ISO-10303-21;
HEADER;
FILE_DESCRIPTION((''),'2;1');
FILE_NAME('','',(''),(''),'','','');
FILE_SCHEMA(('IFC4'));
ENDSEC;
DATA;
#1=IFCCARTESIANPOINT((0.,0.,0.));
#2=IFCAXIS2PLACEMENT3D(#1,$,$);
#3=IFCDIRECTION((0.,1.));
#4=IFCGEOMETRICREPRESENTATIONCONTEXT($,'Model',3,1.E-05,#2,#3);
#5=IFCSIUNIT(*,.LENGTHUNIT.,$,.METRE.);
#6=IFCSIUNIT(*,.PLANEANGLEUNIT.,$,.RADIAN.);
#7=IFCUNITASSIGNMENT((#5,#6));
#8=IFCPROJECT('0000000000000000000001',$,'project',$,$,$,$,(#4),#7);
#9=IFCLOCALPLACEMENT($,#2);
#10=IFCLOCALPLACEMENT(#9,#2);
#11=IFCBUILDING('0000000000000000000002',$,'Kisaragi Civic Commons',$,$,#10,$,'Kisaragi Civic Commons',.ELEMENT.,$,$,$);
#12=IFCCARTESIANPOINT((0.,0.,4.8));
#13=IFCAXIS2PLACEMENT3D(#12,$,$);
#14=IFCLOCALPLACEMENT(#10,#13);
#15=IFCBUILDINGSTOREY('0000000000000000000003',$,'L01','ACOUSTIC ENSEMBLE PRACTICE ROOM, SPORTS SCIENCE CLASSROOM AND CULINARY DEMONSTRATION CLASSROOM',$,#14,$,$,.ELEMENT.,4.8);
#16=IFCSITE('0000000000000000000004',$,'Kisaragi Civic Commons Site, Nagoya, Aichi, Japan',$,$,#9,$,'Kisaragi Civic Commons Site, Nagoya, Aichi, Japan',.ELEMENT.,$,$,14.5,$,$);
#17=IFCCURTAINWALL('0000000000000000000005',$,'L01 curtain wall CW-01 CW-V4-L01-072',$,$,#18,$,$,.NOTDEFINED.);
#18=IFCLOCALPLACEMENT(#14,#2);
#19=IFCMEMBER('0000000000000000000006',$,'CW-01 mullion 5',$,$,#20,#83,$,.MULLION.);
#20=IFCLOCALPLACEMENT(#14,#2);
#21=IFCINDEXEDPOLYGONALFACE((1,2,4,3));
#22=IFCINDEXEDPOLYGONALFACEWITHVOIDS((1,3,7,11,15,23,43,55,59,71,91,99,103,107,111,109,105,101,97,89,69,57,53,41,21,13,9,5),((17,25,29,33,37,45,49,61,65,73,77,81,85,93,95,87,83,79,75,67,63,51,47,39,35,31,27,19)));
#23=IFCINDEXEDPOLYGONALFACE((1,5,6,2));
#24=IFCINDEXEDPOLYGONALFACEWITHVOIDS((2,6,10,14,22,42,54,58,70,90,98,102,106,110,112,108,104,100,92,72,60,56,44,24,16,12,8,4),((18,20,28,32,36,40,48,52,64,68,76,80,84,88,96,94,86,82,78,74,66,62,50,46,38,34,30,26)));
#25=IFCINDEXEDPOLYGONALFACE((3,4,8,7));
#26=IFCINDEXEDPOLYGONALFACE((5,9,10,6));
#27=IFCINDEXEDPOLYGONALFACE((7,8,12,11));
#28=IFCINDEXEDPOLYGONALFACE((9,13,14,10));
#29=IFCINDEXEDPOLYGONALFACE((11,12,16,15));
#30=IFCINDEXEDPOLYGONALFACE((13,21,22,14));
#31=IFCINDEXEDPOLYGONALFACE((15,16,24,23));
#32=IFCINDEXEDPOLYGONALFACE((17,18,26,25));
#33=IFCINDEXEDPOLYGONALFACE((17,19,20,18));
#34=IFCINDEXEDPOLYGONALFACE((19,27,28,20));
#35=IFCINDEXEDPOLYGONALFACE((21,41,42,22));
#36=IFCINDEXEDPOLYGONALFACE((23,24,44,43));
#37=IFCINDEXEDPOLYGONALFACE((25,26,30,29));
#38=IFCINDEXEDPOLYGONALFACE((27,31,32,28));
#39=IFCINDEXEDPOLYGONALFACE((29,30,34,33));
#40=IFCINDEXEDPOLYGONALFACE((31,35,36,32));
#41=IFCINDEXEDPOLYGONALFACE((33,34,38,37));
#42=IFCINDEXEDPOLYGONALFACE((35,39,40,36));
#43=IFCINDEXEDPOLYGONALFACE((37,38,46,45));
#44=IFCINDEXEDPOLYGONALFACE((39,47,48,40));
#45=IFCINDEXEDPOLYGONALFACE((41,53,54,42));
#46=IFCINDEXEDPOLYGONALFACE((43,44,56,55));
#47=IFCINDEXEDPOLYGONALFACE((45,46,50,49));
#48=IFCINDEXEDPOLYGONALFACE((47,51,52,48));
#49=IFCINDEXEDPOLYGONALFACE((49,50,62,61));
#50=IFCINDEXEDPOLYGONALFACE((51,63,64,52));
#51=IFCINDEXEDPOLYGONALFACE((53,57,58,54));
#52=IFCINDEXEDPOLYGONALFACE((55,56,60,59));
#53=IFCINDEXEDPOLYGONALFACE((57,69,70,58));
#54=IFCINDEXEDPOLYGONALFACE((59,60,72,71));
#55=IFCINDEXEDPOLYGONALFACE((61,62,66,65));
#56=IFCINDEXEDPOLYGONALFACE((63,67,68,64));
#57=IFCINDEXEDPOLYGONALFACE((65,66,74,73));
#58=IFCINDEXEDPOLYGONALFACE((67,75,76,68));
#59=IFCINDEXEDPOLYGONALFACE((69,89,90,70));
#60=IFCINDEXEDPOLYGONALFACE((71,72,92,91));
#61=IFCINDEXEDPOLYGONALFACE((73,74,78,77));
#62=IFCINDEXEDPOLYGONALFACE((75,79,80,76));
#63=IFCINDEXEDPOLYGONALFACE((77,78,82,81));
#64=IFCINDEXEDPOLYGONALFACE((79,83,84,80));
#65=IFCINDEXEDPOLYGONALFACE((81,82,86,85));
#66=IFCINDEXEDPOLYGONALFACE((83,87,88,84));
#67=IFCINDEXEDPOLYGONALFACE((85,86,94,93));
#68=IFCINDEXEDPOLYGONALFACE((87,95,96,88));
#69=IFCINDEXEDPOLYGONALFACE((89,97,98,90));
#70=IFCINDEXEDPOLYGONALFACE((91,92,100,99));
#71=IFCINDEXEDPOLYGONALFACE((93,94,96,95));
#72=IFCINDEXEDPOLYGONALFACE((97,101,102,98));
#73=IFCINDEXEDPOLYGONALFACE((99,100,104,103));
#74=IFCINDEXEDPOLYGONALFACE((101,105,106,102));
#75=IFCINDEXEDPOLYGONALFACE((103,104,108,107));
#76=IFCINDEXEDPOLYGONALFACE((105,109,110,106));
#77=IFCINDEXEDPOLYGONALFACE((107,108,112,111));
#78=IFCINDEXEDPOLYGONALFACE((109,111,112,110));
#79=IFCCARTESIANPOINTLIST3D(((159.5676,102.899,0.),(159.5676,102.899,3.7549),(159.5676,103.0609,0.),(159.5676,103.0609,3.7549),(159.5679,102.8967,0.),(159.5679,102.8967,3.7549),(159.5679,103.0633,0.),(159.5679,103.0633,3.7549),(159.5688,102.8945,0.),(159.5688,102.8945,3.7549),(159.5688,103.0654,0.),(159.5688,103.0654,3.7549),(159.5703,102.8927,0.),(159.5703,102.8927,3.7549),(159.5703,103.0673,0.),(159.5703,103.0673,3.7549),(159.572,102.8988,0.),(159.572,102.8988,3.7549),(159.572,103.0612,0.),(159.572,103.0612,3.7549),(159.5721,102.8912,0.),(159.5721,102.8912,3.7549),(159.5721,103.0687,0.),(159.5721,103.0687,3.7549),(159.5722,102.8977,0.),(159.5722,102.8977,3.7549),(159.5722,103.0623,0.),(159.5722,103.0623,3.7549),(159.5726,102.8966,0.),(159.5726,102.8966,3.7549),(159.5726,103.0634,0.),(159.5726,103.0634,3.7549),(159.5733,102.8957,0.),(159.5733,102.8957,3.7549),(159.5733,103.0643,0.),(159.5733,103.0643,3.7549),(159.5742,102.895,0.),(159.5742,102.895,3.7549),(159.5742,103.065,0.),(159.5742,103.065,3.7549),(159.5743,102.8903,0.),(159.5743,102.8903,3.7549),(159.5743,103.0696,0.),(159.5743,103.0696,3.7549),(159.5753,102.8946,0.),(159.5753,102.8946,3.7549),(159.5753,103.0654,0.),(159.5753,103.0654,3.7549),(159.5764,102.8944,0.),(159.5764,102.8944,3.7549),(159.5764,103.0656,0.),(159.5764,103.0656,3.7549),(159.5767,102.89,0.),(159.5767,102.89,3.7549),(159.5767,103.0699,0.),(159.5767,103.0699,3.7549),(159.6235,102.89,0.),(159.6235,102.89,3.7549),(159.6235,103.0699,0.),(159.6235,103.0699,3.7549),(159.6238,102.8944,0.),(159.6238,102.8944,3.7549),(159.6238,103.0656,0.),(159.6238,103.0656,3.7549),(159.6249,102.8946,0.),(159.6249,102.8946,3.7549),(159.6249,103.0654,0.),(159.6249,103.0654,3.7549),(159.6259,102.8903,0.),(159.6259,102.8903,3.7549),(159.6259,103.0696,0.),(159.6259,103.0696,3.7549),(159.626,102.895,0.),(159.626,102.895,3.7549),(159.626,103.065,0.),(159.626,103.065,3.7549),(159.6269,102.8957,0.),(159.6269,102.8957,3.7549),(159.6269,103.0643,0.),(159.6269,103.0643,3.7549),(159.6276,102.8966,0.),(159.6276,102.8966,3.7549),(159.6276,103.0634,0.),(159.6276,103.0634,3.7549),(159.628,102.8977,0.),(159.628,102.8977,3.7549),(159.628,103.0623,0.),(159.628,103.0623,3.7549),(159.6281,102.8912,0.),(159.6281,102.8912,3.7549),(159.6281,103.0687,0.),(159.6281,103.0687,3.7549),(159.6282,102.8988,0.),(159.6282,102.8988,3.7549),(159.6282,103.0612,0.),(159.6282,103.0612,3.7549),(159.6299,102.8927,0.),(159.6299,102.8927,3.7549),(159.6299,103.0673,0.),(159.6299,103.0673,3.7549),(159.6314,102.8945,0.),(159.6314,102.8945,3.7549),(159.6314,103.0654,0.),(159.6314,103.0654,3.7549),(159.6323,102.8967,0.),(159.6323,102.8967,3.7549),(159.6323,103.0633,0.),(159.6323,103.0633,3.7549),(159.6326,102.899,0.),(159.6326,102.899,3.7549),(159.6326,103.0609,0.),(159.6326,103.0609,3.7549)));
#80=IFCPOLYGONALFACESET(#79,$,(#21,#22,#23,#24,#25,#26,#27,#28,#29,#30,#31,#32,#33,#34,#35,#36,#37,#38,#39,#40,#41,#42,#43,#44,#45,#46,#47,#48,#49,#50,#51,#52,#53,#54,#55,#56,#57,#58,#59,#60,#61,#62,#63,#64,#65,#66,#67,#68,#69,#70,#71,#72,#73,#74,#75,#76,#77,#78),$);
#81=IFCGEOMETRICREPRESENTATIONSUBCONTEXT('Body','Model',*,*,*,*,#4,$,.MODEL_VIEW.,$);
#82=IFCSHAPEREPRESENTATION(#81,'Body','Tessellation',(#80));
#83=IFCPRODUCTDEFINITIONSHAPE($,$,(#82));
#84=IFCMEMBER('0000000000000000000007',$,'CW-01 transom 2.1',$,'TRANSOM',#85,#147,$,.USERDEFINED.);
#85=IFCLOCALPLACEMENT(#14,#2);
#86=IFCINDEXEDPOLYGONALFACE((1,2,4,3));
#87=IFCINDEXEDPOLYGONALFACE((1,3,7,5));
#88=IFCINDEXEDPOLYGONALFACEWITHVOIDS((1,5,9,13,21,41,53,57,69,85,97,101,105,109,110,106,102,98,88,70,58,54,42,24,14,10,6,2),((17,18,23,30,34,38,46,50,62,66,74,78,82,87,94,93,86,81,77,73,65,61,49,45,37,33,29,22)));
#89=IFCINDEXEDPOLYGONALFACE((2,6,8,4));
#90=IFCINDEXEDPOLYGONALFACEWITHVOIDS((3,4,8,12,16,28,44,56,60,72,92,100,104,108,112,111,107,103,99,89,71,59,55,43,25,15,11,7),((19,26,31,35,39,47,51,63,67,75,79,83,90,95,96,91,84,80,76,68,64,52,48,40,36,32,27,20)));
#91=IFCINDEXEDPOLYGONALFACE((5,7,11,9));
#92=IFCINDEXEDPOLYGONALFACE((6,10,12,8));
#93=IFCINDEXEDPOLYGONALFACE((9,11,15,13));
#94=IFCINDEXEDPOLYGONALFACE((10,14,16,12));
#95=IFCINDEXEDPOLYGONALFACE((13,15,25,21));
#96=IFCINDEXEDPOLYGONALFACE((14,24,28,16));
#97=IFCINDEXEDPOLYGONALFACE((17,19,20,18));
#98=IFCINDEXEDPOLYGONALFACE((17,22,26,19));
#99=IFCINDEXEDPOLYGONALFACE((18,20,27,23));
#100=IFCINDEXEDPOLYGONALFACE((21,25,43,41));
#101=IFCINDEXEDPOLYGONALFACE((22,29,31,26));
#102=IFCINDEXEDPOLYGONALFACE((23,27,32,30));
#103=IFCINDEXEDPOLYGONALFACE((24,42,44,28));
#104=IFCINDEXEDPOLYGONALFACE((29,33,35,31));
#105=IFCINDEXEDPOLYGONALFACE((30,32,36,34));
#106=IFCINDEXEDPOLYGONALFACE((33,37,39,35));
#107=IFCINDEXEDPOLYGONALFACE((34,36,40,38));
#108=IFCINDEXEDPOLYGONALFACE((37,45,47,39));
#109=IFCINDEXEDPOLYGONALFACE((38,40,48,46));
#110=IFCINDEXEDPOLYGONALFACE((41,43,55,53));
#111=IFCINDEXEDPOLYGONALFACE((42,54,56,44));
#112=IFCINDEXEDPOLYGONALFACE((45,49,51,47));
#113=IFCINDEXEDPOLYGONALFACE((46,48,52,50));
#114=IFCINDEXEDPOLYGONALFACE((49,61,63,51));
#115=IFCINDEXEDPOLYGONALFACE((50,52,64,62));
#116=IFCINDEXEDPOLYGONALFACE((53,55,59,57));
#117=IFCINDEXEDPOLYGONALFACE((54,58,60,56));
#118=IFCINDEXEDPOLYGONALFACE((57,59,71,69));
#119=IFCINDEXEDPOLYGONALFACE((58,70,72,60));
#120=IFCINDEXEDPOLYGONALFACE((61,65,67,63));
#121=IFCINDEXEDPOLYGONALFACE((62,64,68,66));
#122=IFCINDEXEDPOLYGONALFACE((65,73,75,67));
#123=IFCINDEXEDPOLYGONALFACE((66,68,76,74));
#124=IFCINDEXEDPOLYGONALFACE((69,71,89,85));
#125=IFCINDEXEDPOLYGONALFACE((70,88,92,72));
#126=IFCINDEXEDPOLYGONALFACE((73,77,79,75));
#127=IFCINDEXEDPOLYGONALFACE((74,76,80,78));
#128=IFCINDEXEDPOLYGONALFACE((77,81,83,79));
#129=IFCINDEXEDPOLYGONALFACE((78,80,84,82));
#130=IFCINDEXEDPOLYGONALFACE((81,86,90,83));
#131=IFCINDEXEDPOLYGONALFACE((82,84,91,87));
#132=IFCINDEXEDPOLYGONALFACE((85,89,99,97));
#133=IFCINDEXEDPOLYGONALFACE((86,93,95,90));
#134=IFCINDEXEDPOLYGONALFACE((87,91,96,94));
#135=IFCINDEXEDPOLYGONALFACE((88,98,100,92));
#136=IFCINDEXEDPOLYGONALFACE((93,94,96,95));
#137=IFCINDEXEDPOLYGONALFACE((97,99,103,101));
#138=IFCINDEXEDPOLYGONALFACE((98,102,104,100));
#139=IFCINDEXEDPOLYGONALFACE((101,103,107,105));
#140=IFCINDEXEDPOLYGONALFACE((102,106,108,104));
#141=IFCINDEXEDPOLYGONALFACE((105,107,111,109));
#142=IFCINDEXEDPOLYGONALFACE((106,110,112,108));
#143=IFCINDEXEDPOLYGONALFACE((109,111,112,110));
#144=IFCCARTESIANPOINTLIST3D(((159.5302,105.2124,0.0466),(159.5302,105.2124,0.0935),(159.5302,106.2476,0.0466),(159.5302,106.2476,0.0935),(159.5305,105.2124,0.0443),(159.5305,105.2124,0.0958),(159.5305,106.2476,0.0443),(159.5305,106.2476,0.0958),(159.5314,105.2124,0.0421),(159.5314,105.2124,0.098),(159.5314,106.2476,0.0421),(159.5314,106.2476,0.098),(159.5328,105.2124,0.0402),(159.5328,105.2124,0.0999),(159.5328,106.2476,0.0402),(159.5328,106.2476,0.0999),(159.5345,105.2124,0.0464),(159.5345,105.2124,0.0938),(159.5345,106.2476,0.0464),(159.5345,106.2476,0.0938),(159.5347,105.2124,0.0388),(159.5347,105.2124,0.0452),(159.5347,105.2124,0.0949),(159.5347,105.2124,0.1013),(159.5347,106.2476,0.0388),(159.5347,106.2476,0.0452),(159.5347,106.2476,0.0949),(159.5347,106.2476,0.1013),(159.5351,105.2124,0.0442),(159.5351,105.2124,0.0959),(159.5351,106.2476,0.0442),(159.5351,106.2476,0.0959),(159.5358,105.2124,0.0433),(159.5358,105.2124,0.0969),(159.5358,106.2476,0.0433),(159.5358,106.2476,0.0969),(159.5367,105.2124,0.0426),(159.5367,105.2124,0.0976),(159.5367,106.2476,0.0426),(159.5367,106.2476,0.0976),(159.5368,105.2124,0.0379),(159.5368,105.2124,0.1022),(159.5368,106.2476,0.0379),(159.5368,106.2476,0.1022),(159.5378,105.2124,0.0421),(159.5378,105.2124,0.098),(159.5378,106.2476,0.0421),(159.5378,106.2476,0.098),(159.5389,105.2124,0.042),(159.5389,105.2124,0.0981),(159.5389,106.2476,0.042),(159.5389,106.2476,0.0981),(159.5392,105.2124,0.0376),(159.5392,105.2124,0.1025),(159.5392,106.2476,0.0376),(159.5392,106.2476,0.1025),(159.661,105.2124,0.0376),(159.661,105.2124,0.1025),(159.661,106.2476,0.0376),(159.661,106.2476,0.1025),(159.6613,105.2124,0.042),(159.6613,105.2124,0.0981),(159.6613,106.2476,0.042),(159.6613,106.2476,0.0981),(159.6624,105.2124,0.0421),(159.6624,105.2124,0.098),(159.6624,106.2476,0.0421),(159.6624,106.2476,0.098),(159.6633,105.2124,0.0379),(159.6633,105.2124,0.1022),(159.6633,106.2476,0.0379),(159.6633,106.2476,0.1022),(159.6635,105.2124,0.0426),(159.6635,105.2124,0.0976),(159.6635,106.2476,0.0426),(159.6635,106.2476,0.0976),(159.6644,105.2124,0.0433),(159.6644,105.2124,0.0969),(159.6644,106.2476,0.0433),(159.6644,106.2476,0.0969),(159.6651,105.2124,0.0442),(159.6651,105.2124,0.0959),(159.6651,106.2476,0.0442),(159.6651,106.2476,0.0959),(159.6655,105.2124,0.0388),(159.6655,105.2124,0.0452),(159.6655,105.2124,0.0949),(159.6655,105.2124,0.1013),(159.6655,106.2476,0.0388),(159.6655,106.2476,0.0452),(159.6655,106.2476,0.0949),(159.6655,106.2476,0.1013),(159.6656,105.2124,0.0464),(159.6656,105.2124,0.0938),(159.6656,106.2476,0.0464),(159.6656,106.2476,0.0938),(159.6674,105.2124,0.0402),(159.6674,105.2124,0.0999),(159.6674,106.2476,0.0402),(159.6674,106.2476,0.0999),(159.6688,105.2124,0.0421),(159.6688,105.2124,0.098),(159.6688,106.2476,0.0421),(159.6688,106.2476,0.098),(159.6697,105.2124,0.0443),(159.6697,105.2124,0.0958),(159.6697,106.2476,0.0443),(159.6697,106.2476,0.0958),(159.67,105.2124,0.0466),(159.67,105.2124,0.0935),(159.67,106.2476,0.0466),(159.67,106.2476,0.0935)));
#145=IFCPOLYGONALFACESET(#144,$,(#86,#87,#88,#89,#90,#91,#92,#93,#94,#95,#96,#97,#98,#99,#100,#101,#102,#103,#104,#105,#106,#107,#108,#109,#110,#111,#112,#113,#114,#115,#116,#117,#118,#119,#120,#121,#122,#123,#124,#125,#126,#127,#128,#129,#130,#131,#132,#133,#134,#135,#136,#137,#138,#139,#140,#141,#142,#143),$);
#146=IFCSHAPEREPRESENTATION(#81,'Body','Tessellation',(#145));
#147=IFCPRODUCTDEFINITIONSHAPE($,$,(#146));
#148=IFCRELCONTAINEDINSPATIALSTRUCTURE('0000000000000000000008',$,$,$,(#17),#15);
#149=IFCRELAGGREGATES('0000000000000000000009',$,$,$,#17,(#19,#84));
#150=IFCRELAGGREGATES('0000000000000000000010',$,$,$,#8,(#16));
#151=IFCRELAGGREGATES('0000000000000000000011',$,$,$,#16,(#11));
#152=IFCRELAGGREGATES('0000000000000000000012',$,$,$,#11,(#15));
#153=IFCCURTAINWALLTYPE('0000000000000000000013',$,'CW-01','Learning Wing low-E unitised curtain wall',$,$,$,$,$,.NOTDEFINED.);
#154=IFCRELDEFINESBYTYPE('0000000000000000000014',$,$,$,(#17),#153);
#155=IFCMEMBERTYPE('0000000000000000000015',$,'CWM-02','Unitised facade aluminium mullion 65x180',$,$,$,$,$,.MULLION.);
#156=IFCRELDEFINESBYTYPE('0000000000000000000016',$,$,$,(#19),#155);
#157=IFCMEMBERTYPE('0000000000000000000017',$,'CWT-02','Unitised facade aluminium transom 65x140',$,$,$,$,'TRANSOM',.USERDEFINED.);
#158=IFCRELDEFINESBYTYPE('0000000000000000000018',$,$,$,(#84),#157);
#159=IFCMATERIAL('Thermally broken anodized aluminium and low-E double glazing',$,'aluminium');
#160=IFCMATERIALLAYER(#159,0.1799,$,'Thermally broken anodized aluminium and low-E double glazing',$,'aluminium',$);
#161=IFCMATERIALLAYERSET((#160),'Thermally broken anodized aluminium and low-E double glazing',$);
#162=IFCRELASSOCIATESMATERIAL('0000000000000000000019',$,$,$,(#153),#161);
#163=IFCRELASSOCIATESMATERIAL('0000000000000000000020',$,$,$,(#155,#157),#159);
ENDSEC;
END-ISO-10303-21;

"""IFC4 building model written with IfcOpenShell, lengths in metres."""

from ifc_helpers import new_model, si_unit, direction, frame, origin, origin_2d, place, context, subcontext, project, spatial, hollow_rectangle, extrude, material, layer, layer_set, material_profile, profile_set, type_object, element, aggregate, save


model = new_model("IFC4")

# Units and contexts
model_context = context("Model", 3, precision=1e-05, world=origin(), true_north=direction((0.0, 1.0)))
body_context = subcontext(model_context, "Body", "Model", "MODEL_VIEW")
ifc_project = project(units=[si_unit("LENGTHUNIT", "METRE"), si_unit("PLANEANGLEUNIT", "RADIAN")], contexts=[model_context])

# Site, building, storey
site_placement = place(None, origin())
site = spatial("IfcSite", under=ifc_project, at=site_placement, Name="Kisaragi Civic Commons Site, Nagoya, Aichi, Japan", LongName="Kisaragi Civic Commons Site, Nagoya, Aichi, Japan", CompositionType="ELEMENT", RefElevation=14.5)
building_placement = place(site_placement, origin())
building = spatial("IfcBuilding", under=site, at=building_placement, Name="Kisaragi Civic Commons", LongName="Kisaragi Civic Commons", CompositionType="ELEMENT")
storey_placement = place(building_placement, frame((0.0, 0.0, 4.8)))
storey = spatial("IfcBuildingStorey", under=building, at=storey_placement, Name="L01", Description="ACOUSTIC ENSEMBLE PRACTICE ROOM, SPORTS SCIENCE CLASSROOM AND CULINARY DEMONSTRATION CLASSROOM", CompositionType="ELEMENT", Elevation=4.8)

# Curtain wall, members
ifc_material = material(Name="Thermally broken anodized aluminium and low-E double glazing", Category="aluminium")
ifc_layer_1 = layer(ifc_material, 0.1799, Name="Thermally broken anodized aluminium and low-E double glazing", Category="aluminium")
ifc_layer_set_1 = layer_set([ifc_layer_1], Name="Thermally broken anodized aluminium and low-E double glazing")
curtain_wall_type = type_object("IfcCurtainWallType", Name="CW-01", Description="Learning Wing low-E unitised curtain wall", PredefinedType="NOTDEFINED", material=ifc_layer_set_1)
curtain_wall_placement = place(storey_placement, origin())
curtain_wall = element("IfcCurtainWall", 1, at=curtain_wall_placement, inside=storey, type_object=curtain_wall_type, Name="L01 curtain wall CW-01 CW-V4-L01-072", PredefinedType="NOTDEFINED")
ifc_material_profile_1 = material_profile(ifc_material, hollow_rectangle(XDim=0.0649, YDim=0.1799, WallThickness=0.0044, InnerFilletRadius=0.0044, OuterFilletRadius=0.009, at=origin_2d()), Name="CWM-65x180x4.5", Category="aluminium")
ifc_profile_set_1 = profile_set([ifc_material_profile_1], Name="Thermally broken anodized aluminium and low-E double glazing")
member_type_1 = type_object("IfcMemberType", Name="CWM-02", Description="Unitised facade aluminium mullion 65x180", PredefinedType="MULLION", material=ifc_profile_set_1)
member_1_placement = place(storey_placement, frame((159.6001, 102.98, 0.0), z_axis=(0.0, 0.0, 1.0), x_axis=(1.0, 0.0, 0.0)))
member_1 = element("IfcMember", 2, at=member_1_placement, type_object=member_type_1, Name="CW-01 mullion 5", PredefinedType="MULLION", context=body_context, shape_type="SweptSolid", body=[
    extrude(hollow_rectangle(XDim=0.0649, YDim=0.1799, WallThickness=0.0044, InnerFilletRadius=0.0044, OuterFilletRadius=0.009, at=origin_2d()), origin(), (0.0, 0.0, 1.0), 3.7549),
])
ifc_material_profile_2 = material_profile(ifc_material, hollow_rectangle(XDim=0.1399, YDim=0.0649, WallThickness=0.0044, InnerFilletRadius=0.0044, OuterFilletRadius=0.009, at=origin_2d()), Name="CWT-65x140x4.5", Category="aluminium")
ifc_profile_set_2 = profile_set([ifc_material_profile_2], Name="Thermally broken anodized aluminium and low-E double glazing")
member_type_2 = type_object("IfcMemberType", Name="CWT-02", Description="Unitised facade aluminium transom 65x140", ElementType="TRANSOM", PredefinedType="USERDEFINED", material=ifc_profile_set_2)
member_2_placement = place(storey_placement, frame((159.6001, 106.2476, 0.0701), z_axis=(0.0, -1.0, 0.0), x_axis=(1.0, 0.0, 0.0)))
member_2 = element("IfcMember", 3, at=member_2_placement, type_object=member_type_2, Name="CW-01 transom 2.1", ObjectType="TRANSOM", PredefinedType="USERDEFINED", context=body_context, shape_type="SweptSolid", body=[
    extrude(hollow_rectangle(XDim=0.1399, YDim=0.0649, WallThickness=0.0044, InnerFilletRadius=0.0044, OuterFilletRadius=0.009, at=origin_2d()), origin(), (0.0, 0.0, 1.0), 1.0352),
])
aggregate(curtain_wall, [member_1, member_2])

save(model, "model.ifc")
